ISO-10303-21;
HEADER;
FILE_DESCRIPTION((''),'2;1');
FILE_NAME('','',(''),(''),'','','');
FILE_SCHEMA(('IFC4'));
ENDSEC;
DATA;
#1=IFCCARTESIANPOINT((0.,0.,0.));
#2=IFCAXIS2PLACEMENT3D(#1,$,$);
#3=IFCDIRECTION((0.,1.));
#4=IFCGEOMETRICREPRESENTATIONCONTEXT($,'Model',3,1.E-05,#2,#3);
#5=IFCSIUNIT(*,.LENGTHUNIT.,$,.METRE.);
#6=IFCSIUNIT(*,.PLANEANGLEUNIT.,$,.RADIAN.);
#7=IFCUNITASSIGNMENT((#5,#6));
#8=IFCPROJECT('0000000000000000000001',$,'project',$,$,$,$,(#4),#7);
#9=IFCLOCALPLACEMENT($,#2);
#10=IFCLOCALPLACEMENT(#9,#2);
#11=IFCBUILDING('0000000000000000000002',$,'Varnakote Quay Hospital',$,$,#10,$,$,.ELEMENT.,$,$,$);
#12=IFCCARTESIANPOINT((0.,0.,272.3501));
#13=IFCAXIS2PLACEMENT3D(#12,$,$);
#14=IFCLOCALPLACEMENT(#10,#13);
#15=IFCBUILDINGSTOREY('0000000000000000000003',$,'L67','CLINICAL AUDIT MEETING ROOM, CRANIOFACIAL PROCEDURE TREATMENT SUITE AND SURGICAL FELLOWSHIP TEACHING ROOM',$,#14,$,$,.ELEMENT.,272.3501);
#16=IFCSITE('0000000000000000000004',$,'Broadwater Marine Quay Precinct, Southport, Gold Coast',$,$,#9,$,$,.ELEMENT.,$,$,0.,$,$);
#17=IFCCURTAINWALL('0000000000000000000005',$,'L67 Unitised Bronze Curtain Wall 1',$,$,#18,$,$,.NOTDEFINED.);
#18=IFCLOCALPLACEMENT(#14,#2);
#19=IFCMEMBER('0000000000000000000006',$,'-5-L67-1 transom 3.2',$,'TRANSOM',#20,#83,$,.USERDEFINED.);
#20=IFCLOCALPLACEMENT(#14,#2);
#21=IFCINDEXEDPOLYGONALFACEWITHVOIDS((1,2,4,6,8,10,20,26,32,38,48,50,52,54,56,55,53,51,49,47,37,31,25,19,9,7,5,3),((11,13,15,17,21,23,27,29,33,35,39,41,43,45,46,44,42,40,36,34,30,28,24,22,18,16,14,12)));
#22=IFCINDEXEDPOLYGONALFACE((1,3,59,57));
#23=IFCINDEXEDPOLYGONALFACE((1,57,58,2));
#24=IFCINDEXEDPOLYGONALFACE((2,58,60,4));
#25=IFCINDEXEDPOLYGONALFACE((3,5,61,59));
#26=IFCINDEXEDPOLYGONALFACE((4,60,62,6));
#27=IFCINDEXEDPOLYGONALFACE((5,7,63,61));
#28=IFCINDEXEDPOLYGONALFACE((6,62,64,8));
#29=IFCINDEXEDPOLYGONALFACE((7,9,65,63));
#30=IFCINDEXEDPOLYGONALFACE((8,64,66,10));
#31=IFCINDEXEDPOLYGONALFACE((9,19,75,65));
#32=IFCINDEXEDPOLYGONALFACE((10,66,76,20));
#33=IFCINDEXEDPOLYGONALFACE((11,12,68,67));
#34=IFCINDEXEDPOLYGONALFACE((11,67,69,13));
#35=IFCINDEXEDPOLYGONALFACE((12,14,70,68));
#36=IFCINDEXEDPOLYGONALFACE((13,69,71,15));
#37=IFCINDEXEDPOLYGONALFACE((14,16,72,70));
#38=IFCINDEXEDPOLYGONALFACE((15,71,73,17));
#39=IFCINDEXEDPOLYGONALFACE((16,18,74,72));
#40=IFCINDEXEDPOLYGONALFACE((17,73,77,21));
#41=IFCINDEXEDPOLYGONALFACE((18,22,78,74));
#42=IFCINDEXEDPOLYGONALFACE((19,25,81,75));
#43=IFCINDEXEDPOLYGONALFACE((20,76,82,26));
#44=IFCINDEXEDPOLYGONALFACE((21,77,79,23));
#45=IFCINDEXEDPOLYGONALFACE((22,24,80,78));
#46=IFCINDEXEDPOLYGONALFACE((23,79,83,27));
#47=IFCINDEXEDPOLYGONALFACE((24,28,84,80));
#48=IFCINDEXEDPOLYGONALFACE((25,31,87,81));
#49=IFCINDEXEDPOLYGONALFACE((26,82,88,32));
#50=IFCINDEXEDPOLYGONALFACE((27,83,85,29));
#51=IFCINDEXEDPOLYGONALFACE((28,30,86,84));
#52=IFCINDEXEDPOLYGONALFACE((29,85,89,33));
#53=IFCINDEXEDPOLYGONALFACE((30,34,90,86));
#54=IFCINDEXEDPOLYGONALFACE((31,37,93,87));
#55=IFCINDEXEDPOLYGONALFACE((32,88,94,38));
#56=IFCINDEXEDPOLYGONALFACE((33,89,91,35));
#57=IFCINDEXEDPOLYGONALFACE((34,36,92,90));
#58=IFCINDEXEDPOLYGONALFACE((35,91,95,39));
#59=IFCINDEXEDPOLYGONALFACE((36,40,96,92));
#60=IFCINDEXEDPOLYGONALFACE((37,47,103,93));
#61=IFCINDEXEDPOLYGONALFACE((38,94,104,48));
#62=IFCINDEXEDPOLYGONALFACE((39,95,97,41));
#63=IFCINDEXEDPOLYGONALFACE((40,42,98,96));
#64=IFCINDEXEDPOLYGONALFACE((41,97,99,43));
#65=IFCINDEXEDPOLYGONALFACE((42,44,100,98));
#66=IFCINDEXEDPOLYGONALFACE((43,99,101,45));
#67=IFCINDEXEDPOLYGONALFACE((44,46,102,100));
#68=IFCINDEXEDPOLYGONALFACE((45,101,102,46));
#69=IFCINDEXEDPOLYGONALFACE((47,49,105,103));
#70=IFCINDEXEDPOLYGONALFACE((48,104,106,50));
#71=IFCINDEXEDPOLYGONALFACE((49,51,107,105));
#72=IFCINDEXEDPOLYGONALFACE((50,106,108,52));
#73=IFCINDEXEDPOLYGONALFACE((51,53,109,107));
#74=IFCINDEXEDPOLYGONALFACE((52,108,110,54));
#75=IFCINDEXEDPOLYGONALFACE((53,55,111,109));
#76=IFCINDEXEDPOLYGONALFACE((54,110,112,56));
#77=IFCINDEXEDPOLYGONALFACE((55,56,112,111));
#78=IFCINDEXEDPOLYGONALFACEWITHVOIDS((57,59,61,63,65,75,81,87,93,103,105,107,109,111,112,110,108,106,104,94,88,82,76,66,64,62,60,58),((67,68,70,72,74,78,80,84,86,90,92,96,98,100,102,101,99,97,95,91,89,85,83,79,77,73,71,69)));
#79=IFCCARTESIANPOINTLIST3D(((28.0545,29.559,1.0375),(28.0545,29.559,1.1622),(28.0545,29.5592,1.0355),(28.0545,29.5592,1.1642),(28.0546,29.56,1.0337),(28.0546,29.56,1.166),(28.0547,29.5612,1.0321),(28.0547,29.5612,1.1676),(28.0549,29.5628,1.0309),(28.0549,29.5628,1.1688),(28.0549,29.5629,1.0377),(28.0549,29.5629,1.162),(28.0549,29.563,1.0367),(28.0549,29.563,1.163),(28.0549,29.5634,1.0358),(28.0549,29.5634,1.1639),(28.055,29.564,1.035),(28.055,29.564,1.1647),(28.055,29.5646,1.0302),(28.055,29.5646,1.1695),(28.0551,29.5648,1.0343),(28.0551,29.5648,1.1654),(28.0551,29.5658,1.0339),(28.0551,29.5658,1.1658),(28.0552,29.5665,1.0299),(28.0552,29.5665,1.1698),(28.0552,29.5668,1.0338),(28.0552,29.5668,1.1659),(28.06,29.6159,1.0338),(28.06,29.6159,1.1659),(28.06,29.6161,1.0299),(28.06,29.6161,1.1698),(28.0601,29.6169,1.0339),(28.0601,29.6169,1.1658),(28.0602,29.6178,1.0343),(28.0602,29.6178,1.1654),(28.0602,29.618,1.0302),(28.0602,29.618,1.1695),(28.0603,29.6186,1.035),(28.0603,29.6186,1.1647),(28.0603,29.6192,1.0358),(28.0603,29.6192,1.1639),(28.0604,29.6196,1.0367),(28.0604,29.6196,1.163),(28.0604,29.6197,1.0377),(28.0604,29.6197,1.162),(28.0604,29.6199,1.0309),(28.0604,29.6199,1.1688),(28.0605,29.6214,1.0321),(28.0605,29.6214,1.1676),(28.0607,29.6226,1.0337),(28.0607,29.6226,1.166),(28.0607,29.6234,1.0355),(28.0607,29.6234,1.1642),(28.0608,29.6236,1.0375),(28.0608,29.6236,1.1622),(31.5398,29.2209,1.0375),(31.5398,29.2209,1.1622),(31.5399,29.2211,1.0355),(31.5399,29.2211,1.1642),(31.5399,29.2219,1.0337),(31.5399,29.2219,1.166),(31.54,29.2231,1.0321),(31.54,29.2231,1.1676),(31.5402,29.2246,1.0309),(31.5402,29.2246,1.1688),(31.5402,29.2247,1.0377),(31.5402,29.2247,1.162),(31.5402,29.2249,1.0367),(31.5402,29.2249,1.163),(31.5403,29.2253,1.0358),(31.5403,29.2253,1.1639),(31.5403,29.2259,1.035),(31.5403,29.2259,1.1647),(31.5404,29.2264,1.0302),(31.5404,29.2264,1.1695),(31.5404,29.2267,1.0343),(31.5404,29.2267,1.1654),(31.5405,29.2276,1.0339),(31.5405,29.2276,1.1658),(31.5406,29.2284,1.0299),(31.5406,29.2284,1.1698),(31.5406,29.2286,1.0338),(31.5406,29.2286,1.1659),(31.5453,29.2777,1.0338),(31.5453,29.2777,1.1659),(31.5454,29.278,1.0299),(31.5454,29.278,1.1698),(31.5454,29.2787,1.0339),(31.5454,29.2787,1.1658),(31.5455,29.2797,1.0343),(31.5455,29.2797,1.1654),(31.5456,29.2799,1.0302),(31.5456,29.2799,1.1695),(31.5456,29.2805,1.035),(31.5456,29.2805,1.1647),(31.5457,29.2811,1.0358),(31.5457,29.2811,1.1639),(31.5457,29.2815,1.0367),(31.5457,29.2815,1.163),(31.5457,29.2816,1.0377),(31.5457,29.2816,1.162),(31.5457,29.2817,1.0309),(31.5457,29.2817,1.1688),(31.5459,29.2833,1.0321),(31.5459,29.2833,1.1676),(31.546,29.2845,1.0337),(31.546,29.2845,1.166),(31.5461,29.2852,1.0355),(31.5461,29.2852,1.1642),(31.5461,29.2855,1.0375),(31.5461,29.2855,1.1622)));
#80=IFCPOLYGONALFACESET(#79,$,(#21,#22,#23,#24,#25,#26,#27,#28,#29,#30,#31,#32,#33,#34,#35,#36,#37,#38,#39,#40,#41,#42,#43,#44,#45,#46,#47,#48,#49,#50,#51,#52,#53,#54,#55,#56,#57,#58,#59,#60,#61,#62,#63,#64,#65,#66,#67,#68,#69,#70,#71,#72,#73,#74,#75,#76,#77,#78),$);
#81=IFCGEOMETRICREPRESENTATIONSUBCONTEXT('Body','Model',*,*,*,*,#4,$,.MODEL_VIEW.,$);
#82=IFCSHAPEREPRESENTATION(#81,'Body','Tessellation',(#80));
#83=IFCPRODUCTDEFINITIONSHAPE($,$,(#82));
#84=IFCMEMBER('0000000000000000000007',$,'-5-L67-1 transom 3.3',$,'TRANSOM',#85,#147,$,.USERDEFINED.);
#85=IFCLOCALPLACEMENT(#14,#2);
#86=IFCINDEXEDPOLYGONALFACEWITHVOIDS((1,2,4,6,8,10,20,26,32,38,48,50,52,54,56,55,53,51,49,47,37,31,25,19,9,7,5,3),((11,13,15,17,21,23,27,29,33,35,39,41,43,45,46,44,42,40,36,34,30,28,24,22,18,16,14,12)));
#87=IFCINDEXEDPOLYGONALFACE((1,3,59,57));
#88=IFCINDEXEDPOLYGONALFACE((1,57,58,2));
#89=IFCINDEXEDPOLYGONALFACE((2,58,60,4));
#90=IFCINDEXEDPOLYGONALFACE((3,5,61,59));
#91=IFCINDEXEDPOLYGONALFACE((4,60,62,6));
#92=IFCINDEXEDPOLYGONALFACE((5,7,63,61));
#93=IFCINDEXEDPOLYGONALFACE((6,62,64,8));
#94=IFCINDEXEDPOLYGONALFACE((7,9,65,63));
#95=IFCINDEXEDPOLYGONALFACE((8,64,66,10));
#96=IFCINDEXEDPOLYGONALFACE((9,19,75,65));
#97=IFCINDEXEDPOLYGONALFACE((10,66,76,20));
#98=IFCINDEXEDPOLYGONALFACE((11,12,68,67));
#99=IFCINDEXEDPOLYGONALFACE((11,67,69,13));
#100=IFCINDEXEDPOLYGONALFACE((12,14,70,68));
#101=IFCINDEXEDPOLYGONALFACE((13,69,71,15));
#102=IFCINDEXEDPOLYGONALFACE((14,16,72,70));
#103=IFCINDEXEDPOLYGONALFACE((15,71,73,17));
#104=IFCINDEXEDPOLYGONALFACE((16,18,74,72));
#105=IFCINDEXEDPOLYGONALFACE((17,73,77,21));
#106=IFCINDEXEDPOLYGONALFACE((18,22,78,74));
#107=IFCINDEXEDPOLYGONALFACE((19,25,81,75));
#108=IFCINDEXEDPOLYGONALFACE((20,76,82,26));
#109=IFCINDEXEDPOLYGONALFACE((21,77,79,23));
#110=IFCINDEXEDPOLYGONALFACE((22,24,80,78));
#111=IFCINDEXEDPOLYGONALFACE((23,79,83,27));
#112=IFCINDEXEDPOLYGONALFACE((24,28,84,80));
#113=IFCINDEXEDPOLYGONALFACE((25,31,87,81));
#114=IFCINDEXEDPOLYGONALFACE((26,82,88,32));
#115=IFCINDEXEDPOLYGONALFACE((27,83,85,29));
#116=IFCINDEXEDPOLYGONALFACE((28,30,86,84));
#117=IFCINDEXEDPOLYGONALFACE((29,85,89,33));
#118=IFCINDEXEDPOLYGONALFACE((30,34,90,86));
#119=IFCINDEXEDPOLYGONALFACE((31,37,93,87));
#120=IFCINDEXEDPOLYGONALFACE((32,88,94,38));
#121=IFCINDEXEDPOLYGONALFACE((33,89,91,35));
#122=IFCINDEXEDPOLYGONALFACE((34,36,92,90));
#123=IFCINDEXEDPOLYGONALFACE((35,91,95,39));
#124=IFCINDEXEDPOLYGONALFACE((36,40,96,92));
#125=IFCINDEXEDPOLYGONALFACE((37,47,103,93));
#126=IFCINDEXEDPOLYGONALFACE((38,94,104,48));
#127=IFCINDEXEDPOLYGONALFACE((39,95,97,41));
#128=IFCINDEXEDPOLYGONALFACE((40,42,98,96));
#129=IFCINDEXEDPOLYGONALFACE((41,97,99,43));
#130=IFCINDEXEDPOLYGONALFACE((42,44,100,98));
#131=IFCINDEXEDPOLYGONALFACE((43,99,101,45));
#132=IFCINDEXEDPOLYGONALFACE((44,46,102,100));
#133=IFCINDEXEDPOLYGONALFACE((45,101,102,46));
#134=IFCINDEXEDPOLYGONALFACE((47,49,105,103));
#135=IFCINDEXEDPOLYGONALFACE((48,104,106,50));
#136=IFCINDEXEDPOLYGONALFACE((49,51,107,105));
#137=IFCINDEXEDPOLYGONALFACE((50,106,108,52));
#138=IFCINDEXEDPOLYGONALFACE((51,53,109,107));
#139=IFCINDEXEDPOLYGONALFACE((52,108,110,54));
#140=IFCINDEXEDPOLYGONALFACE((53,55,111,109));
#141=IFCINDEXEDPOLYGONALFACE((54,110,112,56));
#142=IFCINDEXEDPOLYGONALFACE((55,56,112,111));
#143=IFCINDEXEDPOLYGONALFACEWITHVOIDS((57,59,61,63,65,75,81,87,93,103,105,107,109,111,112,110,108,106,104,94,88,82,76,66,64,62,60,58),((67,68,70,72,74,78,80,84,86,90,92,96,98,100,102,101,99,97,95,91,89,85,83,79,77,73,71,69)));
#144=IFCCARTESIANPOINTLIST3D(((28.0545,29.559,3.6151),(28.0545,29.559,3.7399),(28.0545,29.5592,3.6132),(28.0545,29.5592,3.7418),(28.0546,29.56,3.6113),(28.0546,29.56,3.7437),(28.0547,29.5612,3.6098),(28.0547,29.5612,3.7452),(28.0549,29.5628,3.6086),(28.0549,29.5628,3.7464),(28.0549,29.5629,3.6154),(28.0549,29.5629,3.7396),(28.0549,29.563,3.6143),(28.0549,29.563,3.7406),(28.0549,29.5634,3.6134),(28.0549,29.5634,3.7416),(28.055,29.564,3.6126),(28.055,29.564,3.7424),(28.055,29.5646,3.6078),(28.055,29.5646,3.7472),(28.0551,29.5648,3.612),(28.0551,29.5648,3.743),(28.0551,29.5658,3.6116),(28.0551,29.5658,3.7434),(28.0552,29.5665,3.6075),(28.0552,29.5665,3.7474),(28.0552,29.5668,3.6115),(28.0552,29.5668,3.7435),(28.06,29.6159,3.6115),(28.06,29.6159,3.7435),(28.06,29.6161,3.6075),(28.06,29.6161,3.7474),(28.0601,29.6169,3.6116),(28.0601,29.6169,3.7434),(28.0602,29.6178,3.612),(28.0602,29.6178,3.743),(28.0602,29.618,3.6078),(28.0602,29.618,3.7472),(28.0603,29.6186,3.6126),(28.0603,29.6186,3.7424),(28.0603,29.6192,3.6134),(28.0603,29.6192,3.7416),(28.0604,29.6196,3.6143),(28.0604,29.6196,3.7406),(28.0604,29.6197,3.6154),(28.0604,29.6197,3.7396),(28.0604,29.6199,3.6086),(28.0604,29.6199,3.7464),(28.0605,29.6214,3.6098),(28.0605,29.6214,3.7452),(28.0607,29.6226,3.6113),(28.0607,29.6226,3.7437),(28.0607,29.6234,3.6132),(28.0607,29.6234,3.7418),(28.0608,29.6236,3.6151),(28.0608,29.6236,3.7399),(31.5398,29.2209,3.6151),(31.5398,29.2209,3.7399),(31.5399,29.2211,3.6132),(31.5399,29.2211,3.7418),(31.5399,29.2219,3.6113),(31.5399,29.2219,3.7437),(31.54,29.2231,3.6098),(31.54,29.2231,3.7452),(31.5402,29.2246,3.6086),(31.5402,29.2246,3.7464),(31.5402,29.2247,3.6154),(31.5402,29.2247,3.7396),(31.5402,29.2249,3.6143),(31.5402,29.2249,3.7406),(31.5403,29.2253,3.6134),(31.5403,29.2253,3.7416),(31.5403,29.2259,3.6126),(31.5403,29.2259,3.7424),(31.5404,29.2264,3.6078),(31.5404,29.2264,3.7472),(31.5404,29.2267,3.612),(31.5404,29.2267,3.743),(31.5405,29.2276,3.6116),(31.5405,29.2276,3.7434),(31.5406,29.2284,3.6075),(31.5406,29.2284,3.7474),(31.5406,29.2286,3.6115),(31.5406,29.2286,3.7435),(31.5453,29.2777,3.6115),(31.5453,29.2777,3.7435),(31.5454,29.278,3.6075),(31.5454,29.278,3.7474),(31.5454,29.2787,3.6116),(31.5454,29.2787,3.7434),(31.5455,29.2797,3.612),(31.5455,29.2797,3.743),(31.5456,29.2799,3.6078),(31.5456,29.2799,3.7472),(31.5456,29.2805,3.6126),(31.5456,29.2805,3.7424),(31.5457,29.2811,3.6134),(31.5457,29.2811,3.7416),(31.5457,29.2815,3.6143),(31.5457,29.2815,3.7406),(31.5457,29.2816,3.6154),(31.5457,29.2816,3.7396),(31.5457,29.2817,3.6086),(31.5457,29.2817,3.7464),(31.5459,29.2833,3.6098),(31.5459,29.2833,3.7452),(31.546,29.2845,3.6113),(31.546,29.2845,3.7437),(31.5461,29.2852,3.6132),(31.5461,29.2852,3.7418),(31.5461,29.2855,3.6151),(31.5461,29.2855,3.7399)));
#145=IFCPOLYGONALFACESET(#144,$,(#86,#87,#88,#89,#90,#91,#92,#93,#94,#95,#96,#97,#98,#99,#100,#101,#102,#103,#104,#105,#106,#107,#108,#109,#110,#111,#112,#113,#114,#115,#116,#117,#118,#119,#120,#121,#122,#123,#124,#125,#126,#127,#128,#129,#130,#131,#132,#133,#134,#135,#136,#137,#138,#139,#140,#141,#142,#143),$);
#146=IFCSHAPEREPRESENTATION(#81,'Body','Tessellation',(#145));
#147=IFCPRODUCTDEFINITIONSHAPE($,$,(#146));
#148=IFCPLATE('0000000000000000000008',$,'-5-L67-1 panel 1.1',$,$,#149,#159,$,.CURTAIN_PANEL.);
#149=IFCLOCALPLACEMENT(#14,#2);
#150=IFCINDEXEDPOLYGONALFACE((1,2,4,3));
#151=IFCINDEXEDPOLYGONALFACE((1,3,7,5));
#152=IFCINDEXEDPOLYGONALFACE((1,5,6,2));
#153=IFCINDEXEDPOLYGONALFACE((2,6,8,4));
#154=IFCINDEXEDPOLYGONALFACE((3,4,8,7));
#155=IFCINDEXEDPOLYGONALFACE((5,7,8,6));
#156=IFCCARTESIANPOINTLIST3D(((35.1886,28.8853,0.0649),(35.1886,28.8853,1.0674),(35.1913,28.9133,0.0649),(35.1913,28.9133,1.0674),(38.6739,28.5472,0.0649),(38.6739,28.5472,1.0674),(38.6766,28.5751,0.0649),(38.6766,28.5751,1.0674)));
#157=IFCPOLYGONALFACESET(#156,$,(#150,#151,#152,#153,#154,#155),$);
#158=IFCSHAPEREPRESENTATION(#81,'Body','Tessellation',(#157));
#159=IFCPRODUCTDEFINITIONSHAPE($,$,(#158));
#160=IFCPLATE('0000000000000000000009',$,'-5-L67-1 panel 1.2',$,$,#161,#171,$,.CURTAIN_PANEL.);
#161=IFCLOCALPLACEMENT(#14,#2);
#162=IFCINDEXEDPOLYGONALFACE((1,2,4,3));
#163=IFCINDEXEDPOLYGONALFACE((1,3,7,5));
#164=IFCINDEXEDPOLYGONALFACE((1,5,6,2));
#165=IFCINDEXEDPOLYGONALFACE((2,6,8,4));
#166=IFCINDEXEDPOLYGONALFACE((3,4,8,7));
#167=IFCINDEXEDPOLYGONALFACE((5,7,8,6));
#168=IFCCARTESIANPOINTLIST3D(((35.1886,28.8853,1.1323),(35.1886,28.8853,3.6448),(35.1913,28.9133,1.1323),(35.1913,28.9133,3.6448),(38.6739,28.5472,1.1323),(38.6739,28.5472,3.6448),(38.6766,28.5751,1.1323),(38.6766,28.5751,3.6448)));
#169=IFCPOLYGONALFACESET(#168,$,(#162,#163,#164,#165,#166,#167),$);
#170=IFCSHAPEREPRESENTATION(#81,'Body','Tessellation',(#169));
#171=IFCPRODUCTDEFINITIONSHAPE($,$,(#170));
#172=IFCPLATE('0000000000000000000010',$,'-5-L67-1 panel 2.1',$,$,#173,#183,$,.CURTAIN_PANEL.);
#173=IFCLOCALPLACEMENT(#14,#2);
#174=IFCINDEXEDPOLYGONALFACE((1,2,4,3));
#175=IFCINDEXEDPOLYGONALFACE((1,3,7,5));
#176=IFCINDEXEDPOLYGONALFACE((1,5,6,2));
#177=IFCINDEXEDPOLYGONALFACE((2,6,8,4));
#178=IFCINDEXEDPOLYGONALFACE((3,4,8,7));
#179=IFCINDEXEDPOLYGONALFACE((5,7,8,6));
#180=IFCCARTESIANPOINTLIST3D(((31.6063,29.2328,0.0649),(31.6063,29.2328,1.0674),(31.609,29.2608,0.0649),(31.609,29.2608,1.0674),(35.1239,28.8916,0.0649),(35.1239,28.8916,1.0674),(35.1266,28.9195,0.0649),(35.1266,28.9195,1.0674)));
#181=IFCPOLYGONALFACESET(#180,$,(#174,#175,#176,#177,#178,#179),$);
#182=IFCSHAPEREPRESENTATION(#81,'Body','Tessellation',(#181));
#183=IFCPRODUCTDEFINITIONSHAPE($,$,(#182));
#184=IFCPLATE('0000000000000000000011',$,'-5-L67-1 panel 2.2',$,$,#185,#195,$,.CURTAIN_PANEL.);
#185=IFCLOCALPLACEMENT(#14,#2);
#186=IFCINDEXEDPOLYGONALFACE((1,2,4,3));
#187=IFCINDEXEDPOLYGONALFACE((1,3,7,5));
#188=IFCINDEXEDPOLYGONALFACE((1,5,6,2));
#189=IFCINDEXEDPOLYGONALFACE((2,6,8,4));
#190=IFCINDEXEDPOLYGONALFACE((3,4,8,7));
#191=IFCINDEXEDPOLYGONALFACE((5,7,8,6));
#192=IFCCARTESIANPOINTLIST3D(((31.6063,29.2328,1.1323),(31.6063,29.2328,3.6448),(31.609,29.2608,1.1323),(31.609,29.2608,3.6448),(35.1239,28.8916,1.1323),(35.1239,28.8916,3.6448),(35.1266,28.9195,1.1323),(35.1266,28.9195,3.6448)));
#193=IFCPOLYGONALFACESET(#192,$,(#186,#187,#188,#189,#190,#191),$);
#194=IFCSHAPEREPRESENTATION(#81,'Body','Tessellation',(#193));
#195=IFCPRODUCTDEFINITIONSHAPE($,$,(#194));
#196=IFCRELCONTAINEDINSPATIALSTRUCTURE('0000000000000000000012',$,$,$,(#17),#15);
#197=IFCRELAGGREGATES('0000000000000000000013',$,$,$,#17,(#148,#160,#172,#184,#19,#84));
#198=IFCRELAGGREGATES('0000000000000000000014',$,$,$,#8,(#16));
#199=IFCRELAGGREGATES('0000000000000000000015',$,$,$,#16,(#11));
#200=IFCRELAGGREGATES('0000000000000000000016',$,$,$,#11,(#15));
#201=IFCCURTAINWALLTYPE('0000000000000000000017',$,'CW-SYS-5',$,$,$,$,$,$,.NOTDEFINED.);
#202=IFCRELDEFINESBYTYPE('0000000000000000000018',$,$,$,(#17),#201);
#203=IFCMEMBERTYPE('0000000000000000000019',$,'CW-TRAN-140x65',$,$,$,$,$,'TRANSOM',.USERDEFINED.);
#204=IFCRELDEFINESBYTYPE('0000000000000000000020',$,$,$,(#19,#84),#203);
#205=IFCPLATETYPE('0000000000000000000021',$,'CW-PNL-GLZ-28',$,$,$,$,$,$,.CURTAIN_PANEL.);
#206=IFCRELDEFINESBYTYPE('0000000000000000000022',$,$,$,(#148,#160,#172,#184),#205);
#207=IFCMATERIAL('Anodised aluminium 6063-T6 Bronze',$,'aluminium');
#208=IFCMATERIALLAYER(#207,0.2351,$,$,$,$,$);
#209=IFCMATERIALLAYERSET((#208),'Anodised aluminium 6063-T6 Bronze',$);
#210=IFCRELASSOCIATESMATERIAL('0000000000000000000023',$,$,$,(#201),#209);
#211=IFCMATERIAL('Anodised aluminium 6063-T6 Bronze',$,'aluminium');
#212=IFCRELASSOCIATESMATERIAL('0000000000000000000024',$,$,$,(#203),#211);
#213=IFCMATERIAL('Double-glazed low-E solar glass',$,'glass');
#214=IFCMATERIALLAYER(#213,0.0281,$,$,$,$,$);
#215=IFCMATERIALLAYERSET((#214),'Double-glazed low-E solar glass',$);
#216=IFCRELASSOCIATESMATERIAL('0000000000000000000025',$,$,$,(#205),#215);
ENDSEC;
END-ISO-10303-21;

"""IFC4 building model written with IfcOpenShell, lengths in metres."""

from ifc_helpers import new_model, si_unit, direction, frame, origin, origin_2d, place, context, subcontext, project, spatial, rectangle, hollow_rectangle, extrude, material, layer, layer_set, material_profile, profile_set, type_object, element, aggregate, save


model = new_model("IFC4")

# Units and contexts
model_context = context("Model", 3, precision=1e-05, world=origin(), true_north=direction((0.0, 1.0)))
body_context = subcontext(model_context, "Body", "Model", "MODEL_VIEW")
ifc_project = project(units=[si_unit("LENGTHUNIT", "METRE"), si_unit("PLANEANGLEUNIT", "RADIAN")], contexts=[model_context])

# Site, building, storey
site_placement = place(None, origin())
site = spatial("IfcSite", under=ifc_project, at=site_placement, Name="Broadwater Marine Quay Precinct, Southport, Gold Coast", CompositionType="ELEMENT", RefElevation=0.0)
building_placement = place(site_placement, origin())
building = spatial("IfcBuilding", under=site, at=building_placement, Name="Varnakote Quay Hospital", CompositionType="ELEMENT")
storey_placement = place(building_placement, frame((0.0, 0.0, 272.3501)))
storey = spatial("IfcBuildingStorey", under=building, at=storey_placement, Name="L67", Description="CLINICAL AUDIT MEETING ROOM, CRANIOFACIAL PROCEDURE TREATMENT SUITE AND SURGICAL FELLOWSHIP TEACHING ROOM", CompositionType="ELEMENT", Elevation=272.3501)

# Curtain wall, members, plates
ifc_material_1 = material(Name="Anodised aluminium 6063-T6 Bronze", Category="aluminium")
ifc_layer_1 = layer(ifc_material_1, 0.2351)
ifc_layer_set_1 = layer_set([ifc_layer_1], Name="Anodised aluminium 6063-T6 Bronze")
curtain_wall_type = type_object("IfcCurtainWallType", Name="CW-SYS-5", PredefinedType="NOTDEFINED", material=ifc_layer_set_1)
curtain_wall_placement = place(storey_placement, origin())
curtain_wall = element("IfcCurtainWall", 1, at=curtain_wall_placement, inside=storey, type_object=curtain_wall_type, Name="L67 Unitised Bronze Curtain Wall 1", PredefinedType="NOTDEFINED")
ifc_material_2 = material(Name="Anodised aluminium 6063-T6 Bronze", Category="aluminium")
ifc_material_profile_1 = material_profile(ifc_material_2, hollow_rectangle(XDim=0.0649, YDim=0.1399, WallThickness=0.0039, InnerFilletRadius=0.0039, OuterFilletRadius=0.0076, at=origin_2d()), Name="CW-TRAN-140x65")
ifc_profile_set_1 = profile_set([ifc_material_profile_1], Name="Anodised aluminium 6063-T6 Bronze")
member_type_1 = type_object("IfcMemberType", Name="CW-TRAN-140x65", ElementType="TRANSOM", PredefinedType="USERDEFINED", material=ifc_profile_set_1)
member_1_placement = place(storey_placement, frame((31.543, 29.2532, 1.0999), z_axis=(-0.995327, 0.096563, 0.0), x_axis=(-0.096563, -0.995327, 0.0)))
member_1 = element("IfcMember", 2, at=member_1_placement, type_object=member_type_1, Name="-5-L67-1 transom 3.2", ObjectType="TRANSOM", PredefinedType="USERDEFINED", context=body_context, shape_type="SweptSolid", body=[
    extrude(hollow_rectangle(XDim=0.0649, YDim=0.1399, WallThickness=0.0039, InnerFilletRadius=0.0039, OuterFilletRadius=0.0076, at=origin_2d()), origin(), (0.0, 0.0, 1.0), 3.5017),
])
member_2_placement = place(storey_placement, frame((31.543, 29.2532, 3.6775), z_axis=(-0.995327, 0.096563, 0.0), x_axis=(-0.096563, -0.995327, 0.0)))
member_2 = element("IfcMember", 3, at=member_2_placement, type_object=member_type_1, Name="-5-L67-1 transom 3.3", ObjectType="TRANSOM", PredefinedType="USERDEFINED", context=body_context, shape_type="SweptSolid", body=[
    extrude(hollow_rectangle(XDim=0.0649, YDim=0.1399, WallThickness=0.0039, InnerFilletRadius=0.0039, OuterFilletRadius=0.0076, at=origin_2d()), origin(), (0.0, 0.0, 1.0), 3.5017),
])
ifc_material_3 = material(Name="Double-glazed low-E solar glass", Category="glass")
ifc_layer_2 = layer(ifc_material_3, 0.0281)
ifc_layer_set_2 = layer_set([ifc_layer_2], Name="Double-glazed low-E solar glass")
plate_type_1 = type_object("IfcPlateType", Name="CW-PNL-GLZ-28", PredefinedType="CURTAIN_PANEL", material=ifc_layer_set_2)
plate_1_placement = place(storey_placement, frame((36.9326, 28.7302, 0.0649), z_axis=(0.0, 0.0, 1.0), x_axis=(-0.995326, 0.096569, 0.0)))
plate_1 = element("IfcPlate", 4, at=plate_1_placement, type_object=plate_type_1, Name="-5-L67-1 panel 1.1", PredefinedType="CURTAIN_PANEL", context=body_context, shape_type="SweptSolid", body=[
    extrude(rectangle(XDim=3.5017, YDim=0.0281, at=origin_2d()), origin(), (0.0, 0.0, 1.0), 1.0024),
])
plate_2_placement = place(storey_placement, frame((36.9326, 28.7302, 1.1323), z_axis=(0.0, 0.0, 1.0), x_axis=(-0.995326, 0.096569, 0.0)))
plate_2 = element("IfcPlate", 5, at=plate_2_placement, type_object=plate_type_1, Name="-5-L67-1 panel 1.2", PredefinedType="CURTAIN_PANEL", context=body_context, shape_type="SweptSolid", body=[
    extrude(rectangle(XDim=3.5017, YDim=0.0281, at=origin_2d()), origin(), (0.0, 0.0, 1.0), 2.5125),
])
plate_3_placement = place(storey_placement, frame((33.3665, 29.0762, 0.0649), z_axis=(0.0, 0.0, 1.0), x_axis=(-0.995326, 0.096569, 0.0)))
plate_3 = element("IfcPlate", 6, at=plate_3_placement, type_object=plate_type_1, Name="-5-L67-1 panel 2.1", PredefinedType="CURTAIN_PANEL", context=body_context, shape_type="SweptSolid", body=[
    extrude(rectangle(XDim=3.5342, YDim=0.0281, at=origin_2d()), origin(), (0.0, 0.0, 1.0), 1.0024),
])
plate_4_placement = place(storey_placement, frame((33.3665, 29.0762, 1.1323), z_axis=(0.0, 0.0, 1.0), x_axis=(-0.995326, 0.096569, 0.0)))
plate_4 = element("IfcPlate", 7, at=plate_4_placement, type_object=plate_type_1, Name="-5-L67-1 panel 2.2", PredefinedType="CURTAIN_PANEL", context=body_context, shape_type="SweptSolid", body=[
    extrude(rectangle(XDim=3.5342, YDim=0.0281, at=origin_2d()), origin(), (0.0, 0.0, 1.0), 2.5125),
])
aggregate(curtain_wall, [plate_1, plate_2, plate_3, plate_4, member_1, member_2])

save(model, "model.ifc")
